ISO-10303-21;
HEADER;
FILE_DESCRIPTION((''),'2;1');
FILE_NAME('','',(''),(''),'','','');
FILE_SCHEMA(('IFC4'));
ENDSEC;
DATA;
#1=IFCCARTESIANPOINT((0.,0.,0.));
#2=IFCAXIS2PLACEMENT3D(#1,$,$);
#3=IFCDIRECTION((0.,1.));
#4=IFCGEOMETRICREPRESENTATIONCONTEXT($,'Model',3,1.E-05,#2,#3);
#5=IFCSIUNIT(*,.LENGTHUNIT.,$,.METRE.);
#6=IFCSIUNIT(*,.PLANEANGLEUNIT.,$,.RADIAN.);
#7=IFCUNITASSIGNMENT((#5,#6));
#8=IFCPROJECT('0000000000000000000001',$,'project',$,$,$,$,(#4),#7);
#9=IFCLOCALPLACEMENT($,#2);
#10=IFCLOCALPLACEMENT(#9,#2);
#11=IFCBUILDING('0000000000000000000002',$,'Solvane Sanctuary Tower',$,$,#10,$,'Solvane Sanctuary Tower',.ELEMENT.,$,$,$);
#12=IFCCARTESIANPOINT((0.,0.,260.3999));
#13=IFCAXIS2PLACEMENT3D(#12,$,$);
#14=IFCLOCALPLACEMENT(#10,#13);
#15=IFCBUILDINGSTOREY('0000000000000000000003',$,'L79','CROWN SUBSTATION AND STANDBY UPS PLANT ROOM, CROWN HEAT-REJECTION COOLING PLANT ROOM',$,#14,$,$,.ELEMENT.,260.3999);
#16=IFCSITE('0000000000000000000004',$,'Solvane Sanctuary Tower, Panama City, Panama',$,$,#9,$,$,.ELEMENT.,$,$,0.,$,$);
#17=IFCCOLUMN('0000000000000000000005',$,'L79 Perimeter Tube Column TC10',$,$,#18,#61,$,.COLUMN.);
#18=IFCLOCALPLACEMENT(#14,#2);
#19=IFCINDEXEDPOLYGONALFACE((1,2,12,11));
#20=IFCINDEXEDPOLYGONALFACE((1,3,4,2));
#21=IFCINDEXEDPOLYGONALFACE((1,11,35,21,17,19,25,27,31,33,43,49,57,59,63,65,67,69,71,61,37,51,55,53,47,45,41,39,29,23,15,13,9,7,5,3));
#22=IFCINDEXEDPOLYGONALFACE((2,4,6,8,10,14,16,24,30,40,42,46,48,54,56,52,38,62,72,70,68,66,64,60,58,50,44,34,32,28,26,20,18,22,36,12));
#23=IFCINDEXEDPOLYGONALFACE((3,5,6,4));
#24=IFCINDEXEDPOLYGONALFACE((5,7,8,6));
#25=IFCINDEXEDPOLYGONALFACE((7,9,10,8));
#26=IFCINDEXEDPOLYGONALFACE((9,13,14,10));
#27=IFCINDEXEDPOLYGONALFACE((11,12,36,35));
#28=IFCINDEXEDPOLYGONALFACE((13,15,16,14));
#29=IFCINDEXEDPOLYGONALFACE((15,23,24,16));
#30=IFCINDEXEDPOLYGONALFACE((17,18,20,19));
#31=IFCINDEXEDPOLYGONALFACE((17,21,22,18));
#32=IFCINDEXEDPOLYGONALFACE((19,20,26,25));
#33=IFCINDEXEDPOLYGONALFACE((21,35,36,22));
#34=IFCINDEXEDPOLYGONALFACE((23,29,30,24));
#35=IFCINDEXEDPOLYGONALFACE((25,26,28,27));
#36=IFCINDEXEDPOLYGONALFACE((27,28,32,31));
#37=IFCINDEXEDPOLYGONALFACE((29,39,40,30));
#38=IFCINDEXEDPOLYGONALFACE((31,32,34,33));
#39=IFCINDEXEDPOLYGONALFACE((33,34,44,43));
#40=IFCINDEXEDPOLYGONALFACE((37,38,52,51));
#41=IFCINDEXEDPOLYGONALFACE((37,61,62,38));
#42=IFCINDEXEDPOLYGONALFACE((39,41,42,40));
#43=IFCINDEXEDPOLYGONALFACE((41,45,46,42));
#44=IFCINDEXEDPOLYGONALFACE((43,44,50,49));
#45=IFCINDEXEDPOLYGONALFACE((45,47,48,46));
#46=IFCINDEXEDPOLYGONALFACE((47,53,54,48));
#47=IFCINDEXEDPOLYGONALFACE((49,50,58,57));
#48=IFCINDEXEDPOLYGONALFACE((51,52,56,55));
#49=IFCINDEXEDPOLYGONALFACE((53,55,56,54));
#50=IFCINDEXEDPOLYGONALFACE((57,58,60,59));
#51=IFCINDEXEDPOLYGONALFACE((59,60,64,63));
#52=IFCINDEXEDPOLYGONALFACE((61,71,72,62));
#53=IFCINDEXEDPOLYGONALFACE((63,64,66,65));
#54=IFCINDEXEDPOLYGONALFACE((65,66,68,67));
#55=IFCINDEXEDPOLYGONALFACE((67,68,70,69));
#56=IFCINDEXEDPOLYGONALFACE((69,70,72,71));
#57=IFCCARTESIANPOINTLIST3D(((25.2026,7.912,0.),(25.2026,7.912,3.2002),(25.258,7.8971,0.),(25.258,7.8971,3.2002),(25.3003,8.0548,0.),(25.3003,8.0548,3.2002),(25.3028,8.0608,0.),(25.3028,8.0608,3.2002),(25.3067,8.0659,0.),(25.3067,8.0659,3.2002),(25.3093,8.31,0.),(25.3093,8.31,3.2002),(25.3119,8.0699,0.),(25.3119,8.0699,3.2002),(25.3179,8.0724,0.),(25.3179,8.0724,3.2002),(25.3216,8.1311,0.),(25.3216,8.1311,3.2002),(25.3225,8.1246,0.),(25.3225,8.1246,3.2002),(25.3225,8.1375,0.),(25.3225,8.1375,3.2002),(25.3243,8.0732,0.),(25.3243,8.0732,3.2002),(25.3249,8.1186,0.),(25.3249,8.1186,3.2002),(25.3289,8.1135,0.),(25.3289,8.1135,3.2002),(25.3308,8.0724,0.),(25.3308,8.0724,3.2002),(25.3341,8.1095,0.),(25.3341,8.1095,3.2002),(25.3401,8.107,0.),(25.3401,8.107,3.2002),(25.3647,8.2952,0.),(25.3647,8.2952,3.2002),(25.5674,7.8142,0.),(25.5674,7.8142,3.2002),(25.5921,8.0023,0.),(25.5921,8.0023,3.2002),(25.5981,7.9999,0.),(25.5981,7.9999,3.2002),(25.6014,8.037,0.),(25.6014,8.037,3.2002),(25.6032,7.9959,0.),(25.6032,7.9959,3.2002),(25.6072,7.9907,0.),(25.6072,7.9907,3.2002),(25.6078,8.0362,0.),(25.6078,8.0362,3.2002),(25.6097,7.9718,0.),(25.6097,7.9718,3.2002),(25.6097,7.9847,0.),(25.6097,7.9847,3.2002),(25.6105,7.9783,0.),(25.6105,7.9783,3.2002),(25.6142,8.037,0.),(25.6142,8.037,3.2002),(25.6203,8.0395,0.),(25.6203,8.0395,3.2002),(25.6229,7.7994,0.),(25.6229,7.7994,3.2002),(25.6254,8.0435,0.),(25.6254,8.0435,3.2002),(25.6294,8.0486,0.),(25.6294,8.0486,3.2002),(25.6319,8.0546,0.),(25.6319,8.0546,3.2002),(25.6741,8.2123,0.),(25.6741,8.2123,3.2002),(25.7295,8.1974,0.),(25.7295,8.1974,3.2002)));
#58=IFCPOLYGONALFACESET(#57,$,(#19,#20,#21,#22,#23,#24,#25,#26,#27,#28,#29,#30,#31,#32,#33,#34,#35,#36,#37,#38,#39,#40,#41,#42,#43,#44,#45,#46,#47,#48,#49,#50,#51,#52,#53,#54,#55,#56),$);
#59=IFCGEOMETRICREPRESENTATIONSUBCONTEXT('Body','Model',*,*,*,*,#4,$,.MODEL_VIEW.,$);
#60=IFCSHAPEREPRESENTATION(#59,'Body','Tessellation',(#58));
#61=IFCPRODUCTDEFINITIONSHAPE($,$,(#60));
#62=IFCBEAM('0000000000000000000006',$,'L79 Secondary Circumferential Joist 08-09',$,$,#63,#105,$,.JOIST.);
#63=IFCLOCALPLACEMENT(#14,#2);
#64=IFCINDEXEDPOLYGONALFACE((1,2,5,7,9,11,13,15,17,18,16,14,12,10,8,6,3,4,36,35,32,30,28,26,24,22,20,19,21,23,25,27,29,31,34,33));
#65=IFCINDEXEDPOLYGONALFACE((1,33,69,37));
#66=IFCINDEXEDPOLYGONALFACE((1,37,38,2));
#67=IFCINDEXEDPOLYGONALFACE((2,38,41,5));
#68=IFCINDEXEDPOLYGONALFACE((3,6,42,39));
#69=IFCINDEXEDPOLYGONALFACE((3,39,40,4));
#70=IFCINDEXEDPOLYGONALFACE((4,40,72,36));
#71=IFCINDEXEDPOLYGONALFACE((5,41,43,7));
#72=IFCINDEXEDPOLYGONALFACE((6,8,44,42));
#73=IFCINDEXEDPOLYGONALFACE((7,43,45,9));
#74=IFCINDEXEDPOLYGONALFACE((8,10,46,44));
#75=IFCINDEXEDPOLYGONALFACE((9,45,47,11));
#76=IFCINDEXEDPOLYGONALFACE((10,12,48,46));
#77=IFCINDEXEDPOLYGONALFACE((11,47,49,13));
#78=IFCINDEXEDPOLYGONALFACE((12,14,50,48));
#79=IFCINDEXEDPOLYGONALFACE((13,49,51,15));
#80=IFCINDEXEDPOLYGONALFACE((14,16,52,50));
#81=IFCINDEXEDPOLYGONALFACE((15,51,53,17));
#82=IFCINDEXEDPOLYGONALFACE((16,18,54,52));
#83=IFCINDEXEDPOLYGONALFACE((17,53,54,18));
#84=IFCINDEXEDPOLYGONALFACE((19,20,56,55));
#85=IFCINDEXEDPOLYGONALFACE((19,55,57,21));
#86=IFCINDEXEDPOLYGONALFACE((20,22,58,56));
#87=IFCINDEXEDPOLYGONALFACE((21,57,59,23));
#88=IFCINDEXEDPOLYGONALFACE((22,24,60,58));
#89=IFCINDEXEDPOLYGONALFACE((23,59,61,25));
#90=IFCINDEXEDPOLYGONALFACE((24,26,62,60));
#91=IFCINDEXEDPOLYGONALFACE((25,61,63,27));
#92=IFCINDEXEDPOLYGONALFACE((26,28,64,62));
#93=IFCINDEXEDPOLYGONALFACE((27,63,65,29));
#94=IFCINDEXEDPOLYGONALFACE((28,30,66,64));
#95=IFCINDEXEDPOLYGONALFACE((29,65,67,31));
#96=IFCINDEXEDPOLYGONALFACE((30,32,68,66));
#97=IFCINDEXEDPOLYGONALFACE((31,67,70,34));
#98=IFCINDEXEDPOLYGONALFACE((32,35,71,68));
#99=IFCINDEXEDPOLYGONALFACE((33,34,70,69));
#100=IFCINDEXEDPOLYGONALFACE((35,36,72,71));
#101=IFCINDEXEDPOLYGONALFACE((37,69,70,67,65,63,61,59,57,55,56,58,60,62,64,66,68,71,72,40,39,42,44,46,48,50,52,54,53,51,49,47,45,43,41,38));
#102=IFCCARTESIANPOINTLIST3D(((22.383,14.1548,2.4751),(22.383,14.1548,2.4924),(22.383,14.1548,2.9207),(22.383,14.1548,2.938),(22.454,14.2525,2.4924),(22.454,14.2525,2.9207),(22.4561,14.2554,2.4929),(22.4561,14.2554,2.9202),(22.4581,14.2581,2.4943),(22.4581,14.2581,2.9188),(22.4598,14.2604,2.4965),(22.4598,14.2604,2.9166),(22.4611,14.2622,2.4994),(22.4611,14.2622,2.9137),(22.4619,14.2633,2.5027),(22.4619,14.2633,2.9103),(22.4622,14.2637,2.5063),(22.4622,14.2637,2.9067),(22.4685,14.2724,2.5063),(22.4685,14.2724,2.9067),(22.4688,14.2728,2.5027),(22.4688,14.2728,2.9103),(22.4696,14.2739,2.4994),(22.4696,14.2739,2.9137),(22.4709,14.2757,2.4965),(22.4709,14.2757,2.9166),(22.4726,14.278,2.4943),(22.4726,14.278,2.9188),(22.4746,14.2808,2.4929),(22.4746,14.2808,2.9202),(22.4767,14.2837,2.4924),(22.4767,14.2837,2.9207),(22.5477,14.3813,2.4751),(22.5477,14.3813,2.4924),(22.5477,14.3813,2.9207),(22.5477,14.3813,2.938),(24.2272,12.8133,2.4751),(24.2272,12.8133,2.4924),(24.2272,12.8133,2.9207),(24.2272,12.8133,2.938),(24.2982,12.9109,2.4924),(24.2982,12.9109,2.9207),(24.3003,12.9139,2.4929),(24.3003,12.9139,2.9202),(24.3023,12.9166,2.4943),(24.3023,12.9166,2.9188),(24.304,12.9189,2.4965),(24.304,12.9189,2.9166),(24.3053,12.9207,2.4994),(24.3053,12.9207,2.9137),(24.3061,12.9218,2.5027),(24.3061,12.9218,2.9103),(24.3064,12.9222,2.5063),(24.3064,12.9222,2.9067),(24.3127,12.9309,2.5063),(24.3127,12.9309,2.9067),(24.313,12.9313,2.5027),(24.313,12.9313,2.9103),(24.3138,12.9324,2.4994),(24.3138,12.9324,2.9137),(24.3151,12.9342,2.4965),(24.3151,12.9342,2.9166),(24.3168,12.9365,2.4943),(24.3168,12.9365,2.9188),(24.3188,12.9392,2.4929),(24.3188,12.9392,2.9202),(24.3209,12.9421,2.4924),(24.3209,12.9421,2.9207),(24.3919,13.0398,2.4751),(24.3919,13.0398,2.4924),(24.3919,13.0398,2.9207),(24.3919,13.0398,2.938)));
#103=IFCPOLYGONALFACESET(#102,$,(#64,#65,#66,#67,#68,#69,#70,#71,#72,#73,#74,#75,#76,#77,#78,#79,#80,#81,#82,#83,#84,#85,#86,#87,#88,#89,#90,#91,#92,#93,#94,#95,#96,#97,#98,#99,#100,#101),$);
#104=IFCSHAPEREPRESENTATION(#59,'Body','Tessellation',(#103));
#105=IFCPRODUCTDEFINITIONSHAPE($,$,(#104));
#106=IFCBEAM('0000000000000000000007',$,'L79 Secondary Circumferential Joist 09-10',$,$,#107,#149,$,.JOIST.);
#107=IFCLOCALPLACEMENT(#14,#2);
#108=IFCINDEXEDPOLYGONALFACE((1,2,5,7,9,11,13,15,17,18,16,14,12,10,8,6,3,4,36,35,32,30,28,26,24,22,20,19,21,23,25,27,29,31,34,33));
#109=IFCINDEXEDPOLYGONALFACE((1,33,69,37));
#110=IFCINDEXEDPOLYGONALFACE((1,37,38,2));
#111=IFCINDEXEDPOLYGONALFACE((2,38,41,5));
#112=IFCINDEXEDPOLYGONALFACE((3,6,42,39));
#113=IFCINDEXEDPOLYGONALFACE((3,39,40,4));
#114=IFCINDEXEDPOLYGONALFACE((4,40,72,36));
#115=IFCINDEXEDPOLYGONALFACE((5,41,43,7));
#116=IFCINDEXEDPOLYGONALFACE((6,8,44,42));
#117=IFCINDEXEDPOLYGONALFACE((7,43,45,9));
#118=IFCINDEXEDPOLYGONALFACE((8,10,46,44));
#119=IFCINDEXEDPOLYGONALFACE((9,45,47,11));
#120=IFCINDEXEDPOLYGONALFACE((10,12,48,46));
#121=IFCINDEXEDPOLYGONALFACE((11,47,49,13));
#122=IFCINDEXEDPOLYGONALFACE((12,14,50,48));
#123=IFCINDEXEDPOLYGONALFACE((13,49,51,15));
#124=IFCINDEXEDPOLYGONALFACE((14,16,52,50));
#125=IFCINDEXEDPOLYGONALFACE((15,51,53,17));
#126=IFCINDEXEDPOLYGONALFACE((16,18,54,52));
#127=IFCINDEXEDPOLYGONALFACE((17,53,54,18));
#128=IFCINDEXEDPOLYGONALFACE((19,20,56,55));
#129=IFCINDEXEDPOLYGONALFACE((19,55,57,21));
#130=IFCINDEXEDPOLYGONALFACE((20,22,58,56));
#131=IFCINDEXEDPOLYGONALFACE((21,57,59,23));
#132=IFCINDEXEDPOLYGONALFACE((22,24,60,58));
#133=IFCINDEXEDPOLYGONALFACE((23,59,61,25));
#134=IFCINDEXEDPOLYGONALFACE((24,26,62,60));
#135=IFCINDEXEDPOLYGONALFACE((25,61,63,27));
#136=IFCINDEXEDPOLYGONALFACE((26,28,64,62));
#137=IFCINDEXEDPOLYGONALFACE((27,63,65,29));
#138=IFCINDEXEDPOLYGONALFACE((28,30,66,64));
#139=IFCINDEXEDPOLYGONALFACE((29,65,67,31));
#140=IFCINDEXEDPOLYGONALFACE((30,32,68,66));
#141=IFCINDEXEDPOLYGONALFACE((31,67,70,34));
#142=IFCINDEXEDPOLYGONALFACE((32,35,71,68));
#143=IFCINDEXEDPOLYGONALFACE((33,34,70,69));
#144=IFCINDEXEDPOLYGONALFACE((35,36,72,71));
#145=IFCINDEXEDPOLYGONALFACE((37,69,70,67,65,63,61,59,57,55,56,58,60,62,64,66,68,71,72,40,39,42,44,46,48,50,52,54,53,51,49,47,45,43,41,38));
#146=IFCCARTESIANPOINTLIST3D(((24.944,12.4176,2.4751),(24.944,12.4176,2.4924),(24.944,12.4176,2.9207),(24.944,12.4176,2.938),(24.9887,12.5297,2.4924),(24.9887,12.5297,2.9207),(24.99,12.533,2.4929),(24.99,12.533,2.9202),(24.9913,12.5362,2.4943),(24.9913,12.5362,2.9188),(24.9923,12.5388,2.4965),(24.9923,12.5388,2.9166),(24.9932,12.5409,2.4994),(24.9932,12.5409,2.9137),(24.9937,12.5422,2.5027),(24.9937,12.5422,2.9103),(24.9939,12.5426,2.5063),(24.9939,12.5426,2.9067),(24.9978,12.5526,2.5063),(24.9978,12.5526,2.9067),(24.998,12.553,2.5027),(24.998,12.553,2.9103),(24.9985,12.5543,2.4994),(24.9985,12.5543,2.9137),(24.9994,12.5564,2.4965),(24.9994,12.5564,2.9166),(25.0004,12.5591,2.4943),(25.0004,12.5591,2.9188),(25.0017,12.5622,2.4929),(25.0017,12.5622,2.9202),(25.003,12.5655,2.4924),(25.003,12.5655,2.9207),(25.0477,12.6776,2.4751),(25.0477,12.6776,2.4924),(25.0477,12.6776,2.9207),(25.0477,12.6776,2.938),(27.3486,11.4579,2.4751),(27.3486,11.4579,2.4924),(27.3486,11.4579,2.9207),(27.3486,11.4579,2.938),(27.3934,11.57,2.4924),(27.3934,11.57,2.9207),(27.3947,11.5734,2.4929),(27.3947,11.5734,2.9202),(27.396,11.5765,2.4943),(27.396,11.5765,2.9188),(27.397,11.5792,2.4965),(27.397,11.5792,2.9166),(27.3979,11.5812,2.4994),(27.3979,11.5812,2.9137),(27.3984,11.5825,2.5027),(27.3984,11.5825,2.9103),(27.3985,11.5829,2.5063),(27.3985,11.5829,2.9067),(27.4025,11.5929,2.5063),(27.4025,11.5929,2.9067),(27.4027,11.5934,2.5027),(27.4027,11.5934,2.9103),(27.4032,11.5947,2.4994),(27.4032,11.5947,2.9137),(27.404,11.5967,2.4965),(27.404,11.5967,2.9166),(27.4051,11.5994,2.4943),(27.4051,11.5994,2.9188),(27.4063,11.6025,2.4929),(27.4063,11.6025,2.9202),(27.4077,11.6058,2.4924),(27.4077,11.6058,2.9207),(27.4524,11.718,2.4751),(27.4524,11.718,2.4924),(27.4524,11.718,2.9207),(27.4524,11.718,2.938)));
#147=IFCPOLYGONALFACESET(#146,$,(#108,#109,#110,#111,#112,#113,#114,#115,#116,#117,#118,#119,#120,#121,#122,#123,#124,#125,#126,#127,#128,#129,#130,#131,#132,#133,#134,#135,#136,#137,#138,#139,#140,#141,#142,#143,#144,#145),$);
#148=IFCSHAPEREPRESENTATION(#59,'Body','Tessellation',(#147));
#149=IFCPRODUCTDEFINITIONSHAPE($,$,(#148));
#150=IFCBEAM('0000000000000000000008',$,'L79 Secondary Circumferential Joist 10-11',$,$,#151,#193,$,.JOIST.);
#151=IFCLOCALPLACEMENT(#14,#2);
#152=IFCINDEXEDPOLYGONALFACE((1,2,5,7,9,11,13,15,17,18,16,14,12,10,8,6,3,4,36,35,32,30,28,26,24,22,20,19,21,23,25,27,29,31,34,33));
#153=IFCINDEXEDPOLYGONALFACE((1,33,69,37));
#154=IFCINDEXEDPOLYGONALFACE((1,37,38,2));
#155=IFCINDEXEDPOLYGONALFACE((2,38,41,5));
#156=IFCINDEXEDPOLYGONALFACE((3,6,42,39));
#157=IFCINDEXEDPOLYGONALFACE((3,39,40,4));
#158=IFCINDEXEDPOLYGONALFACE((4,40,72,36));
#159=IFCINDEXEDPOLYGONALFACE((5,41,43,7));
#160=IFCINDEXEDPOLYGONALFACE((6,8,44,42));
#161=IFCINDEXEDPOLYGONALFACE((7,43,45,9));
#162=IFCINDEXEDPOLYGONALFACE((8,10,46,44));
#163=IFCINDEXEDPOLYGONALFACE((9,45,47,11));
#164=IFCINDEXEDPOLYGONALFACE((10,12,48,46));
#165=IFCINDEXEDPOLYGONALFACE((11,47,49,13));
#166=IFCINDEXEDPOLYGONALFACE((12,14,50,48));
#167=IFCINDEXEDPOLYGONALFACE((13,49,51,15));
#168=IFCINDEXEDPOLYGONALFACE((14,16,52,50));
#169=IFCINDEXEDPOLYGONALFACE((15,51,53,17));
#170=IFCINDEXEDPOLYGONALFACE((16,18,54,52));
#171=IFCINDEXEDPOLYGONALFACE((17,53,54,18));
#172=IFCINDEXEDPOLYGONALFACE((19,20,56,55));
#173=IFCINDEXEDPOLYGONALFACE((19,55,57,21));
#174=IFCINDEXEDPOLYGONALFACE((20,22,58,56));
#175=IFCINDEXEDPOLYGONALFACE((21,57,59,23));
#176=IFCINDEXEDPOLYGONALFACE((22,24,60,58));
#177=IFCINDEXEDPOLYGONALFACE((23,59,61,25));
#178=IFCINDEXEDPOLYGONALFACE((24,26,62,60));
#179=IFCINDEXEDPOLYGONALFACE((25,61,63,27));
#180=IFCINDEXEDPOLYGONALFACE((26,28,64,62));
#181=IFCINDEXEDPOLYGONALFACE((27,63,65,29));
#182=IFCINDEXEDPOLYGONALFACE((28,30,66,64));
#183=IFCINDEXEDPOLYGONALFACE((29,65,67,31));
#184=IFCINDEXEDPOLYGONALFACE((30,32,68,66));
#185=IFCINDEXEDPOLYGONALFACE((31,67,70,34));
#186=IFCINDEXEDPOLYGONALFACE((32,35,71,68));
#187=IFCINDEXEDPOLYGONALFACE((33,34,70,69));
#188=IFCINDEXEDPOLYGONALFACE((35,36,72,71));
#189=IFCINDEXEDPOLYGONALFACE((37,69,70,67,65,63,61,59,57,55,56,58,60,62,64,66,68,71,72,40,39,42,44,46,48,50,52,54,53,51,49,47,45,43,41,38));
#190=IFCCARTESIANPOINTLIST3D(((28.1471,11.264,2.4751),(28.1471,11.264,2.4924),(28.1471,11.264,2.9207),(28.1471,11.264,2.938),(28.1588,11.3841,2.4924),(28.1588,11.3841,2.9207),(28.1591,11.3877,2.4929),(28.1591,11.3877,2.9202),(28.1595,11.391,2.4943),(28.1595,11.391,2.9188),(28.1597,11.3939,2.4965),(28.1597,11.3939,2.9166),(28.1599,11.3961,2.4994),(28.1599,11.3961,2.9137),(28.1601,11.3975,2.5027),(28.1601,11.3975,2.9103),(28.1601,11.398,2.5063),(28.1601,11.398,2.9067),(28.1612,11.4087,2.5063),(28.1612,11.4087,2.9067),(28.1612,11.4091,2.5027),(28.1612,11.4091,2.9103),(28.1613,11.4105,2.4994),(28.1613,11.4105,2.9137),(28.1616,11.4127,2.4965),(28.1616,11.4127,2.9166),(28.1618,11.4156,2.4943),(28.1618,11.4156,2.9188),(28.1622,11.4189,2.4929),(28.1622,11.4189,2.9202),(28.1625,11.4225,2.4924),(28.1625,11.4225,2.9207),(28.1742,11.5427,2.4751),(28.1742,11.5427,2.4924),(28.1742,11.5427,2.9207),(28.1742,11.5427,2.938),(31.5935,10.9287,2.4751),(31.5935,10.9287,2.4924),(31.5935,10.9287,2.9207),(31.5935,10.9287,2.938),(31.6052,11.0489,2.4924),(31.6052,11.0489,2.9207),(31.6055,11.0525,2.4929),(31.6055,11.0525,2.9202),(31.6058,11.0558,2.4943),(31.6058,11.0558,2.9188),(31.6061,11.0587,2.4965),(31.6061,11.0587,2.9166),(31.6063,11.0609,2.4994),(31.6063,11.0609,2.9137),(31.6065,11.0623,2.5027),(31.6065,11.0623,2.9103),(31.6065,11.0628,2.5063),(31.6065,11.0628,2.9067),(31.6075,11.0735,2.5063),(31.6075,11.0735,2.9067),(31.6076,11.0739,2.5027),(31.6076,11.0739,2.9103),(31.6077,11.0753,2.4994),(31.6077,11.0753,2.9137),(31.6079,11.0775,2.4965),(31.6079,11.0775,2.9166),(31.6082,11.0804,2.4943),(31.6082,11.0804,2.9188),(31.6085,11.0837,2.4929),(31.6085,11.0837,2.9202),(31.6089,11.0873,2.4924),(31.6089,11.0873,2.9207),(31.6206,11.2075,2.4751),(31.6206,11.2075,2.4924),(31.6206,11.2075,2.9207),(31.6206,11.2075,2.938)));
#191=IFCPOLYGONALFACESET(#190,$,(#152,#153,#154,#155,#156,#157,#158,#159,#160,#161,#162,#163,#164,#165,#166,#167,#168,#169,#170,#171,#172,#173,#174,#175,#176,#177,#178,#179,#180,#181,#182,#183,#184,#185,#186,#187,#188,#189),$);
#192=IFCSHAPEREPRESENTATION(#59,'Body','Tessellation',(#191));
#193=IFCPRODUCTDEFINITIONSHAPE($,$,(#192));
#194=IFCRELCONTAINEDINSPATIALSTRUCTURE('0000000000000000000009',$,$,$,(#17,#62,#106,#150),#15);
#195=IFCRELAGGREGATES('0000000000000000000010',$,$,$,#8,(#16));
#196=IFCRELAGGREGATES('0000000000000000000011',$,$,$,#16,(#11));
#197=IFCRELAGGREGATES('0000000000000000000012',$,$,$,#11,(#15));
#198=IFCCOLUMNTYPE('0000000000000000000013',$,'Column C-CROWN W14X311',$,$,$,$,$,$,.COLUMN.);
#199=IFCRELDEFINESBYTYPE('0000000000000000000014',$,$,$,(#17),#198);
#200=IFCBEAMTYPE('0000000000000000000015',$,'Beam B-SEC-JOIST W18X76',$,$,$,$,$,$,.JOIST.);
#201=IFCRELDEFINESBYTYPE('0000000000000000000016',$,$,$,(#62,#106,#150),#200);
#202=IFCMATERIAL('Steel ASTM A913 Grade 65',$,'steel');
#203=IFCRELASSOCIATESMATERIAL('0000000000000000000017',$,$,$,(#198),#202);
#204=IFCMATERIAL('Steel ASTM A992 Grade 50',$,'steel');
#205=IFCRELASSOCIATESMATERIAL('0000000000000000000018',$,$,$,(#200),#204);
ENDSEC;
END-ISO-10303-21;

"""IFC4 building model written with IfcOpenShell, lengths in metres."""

from ifc_helpers import new_model, si_unit, direction, frame, origin, origin_2d, place, context, subcontext, project, spatial, i_section, extrude, material, material_profile, profile_set, type_object, element, save


model = new_model("IFC4")

# Units and contexts
model_context = context("Model", 3, precision=1e-05, world=origin(), true_north=direction((0.0, 1.0)))
body_context = subcontext(model_context, "Body", "Model", "MODEL_VIEW")
ifc_project = project(units=[si_unit("LENGTHUNIT", "METRE"), si_unit("PLANEANGLEUNIT", "RADIAN")], contexts=[model_context])

# Site, building, storey
site_placement = place(None, origin())
site = spatial("IfcSite", under=ifc_project, at=site_placement, Name="Solvane Sanctuary Tower, Panama City, Panama", CompositionType="ELEMENT", RefElevation=0.0)
building_placement = place(site_placement, origin())
building = spatial("IfcBuilding", under=site, at=building_placement, Name="Solvane Sanctuary Tower", LongName="Solvane Sanctuary Tower", CompositionType="ELEMENT")
storey_placement = place(building_placement, frame((0.0, 0.0, 260.3999)))
storey = spatial("IfcBuildingStorey", under=building, at=storey_placement, Name="L79", Description="CROWN SUBSTATION AND STANDBY UPS PLANT ROOM, CROWN HEAT-REJECTION COOLING PLANT ROOM", CompositionType="ELEMENT", Elevation=260.3999)

# Column
ifc_material_1 = material(Name="Steel ASTM A913 Grade 65", Category="steel")
ifc_material_profile_1 = material_profile(ifc_material_1, i_section(OverallWidth=0.4121, OverallDepth=0.4351, WebThickness=0.0359, FlangeThickness=0.0574, FilletRadius=0.0249, at=origin_2d()), Name="W14X311")
ifc_profile_set_1 = profile_set([ifc_material_profile_1], Name="Steel ASTM A913 Grade 65")
column_type = type_object("IfcColumnType", Name="Column C-CROWN W14X311", PredefinedType="COLUMN", material=ifc_profile_set_1)
column_placement = place(storey_placement, frame((25.4661, 8.0547, 0.0), z_axis=(0.0, 0.0, 1.0), x_axis=(-0.258819, -0.965926, 0.0)))
element("IfcColumn", 1, at=column_placement, inside=storey, type_object=column_type, Name="L79 Perimeter Tube Column TC10", PredefinedType="COLUMN", context=body_context, shape_type="SweptSolid", body=[
    extrude(i_section(OverallWidth=0.4121, OverallDepth=0.4351, WebThickness=0.0359, FlangeThickness=0.0574, FilletRadius=0.0249, at=origin_2d()), origin(), (0.0, 0.0, 1.0), 3.2002),
])

# Beams
ifc_material_2 = material(Name="Steel ASTM A992 Grade 50", Category="steel")
ifc_material_profile_2 = material_profile(ifc_material_2, i_section(OverallWidth=0.28, OverallDepth=0.4629, WebThickness=0.0107, FlangeThickness=0.0173, FilletRadius=0.0139, at=origin_2d()), Name="W18X76")
ifc_profile_set_2 = profile_set([ifc_material_profile_2], Name="Steel ASTM A992 Grade 50")
beam_type_1 = type_object("IfcBeamType", Name="Beam B-SEC-JOIST W18X76", PredefinedType="JOIST", material=ifc_profile_set_2)
beam_1_placement = place(storey_placement, frame((22.4653, 14.2681, 2.7065), z_axis=(0.808676, -0.588254, 0.0), x_axis=(0.588254, 0.808676, 0.0)))
element("IfcBeam", 2, at=beam_1_placement, inside=storey, type_object=beam_type_1, Name="L79 Secondary Circumferential Joist 08-09", PredefinedType="JOIST", context=body_context, shape_type="SweptSolid", body=[
    extrude(i_section(OverallWidth=0.28, OverallDepth=0.4629, WebThickness=0.0107, FlangeThickness=0.0173, FilletRadius=0.0139, at=origin_2d()), origin(), (0.0, 0.0, 1.0), 2.2805),
])
beam_2_placement = place(storey_placement, frame((24.9958, 12.5476, 2.7065), z_axis=(0.928769, -0.370659, 0.0), x_axis=(0.370659, 0.928769, 0.0)))
element("IfcBeam", 3, at=beam_2_placement, inside=storey, type_object=beam_type_1, Name="L79 Secondary Circumferential Joist 09-10", PredefinedType="JOIST", context=body_context, shape_type="SweptSolid", body=[
    extrude(i_section(OverallWidth=0.28, OverallDepth=0.4629, WebThickness=0.0107, FlangeThickness=0.0173, FilletRadius=0.0139, at=origin_2d()), origin(), (0.0, 0.0, 1.0), 2.5891),
])
beam_3_placement = place(storey_placement, frame((28.1606, 11.4033, 2.7065), z_axis=(0.995303, -0.096809, 0.0), x_axis=(0.096809, 0.995303, 0.0)))
element("IfcBeam", 4, at=beam_3_placement, inside=storey, type_object=beam_type_1, Name="L79 Secondary Circumferential Joist 10-11", PredefinedType="JOIST", context=body_context, shape_type="SweptSolid", body=[
    extrude(i_section(OverallWidth=0.28, OverallDepth=0.4629, WebThickness=0.0107, FlangeThickness=0.0173, FilletRadius=0.0139, at=origin_2d()), origin(), (0.0, 0.0, 1.0), 3.4626),
])

save(model, "model.ifc")
